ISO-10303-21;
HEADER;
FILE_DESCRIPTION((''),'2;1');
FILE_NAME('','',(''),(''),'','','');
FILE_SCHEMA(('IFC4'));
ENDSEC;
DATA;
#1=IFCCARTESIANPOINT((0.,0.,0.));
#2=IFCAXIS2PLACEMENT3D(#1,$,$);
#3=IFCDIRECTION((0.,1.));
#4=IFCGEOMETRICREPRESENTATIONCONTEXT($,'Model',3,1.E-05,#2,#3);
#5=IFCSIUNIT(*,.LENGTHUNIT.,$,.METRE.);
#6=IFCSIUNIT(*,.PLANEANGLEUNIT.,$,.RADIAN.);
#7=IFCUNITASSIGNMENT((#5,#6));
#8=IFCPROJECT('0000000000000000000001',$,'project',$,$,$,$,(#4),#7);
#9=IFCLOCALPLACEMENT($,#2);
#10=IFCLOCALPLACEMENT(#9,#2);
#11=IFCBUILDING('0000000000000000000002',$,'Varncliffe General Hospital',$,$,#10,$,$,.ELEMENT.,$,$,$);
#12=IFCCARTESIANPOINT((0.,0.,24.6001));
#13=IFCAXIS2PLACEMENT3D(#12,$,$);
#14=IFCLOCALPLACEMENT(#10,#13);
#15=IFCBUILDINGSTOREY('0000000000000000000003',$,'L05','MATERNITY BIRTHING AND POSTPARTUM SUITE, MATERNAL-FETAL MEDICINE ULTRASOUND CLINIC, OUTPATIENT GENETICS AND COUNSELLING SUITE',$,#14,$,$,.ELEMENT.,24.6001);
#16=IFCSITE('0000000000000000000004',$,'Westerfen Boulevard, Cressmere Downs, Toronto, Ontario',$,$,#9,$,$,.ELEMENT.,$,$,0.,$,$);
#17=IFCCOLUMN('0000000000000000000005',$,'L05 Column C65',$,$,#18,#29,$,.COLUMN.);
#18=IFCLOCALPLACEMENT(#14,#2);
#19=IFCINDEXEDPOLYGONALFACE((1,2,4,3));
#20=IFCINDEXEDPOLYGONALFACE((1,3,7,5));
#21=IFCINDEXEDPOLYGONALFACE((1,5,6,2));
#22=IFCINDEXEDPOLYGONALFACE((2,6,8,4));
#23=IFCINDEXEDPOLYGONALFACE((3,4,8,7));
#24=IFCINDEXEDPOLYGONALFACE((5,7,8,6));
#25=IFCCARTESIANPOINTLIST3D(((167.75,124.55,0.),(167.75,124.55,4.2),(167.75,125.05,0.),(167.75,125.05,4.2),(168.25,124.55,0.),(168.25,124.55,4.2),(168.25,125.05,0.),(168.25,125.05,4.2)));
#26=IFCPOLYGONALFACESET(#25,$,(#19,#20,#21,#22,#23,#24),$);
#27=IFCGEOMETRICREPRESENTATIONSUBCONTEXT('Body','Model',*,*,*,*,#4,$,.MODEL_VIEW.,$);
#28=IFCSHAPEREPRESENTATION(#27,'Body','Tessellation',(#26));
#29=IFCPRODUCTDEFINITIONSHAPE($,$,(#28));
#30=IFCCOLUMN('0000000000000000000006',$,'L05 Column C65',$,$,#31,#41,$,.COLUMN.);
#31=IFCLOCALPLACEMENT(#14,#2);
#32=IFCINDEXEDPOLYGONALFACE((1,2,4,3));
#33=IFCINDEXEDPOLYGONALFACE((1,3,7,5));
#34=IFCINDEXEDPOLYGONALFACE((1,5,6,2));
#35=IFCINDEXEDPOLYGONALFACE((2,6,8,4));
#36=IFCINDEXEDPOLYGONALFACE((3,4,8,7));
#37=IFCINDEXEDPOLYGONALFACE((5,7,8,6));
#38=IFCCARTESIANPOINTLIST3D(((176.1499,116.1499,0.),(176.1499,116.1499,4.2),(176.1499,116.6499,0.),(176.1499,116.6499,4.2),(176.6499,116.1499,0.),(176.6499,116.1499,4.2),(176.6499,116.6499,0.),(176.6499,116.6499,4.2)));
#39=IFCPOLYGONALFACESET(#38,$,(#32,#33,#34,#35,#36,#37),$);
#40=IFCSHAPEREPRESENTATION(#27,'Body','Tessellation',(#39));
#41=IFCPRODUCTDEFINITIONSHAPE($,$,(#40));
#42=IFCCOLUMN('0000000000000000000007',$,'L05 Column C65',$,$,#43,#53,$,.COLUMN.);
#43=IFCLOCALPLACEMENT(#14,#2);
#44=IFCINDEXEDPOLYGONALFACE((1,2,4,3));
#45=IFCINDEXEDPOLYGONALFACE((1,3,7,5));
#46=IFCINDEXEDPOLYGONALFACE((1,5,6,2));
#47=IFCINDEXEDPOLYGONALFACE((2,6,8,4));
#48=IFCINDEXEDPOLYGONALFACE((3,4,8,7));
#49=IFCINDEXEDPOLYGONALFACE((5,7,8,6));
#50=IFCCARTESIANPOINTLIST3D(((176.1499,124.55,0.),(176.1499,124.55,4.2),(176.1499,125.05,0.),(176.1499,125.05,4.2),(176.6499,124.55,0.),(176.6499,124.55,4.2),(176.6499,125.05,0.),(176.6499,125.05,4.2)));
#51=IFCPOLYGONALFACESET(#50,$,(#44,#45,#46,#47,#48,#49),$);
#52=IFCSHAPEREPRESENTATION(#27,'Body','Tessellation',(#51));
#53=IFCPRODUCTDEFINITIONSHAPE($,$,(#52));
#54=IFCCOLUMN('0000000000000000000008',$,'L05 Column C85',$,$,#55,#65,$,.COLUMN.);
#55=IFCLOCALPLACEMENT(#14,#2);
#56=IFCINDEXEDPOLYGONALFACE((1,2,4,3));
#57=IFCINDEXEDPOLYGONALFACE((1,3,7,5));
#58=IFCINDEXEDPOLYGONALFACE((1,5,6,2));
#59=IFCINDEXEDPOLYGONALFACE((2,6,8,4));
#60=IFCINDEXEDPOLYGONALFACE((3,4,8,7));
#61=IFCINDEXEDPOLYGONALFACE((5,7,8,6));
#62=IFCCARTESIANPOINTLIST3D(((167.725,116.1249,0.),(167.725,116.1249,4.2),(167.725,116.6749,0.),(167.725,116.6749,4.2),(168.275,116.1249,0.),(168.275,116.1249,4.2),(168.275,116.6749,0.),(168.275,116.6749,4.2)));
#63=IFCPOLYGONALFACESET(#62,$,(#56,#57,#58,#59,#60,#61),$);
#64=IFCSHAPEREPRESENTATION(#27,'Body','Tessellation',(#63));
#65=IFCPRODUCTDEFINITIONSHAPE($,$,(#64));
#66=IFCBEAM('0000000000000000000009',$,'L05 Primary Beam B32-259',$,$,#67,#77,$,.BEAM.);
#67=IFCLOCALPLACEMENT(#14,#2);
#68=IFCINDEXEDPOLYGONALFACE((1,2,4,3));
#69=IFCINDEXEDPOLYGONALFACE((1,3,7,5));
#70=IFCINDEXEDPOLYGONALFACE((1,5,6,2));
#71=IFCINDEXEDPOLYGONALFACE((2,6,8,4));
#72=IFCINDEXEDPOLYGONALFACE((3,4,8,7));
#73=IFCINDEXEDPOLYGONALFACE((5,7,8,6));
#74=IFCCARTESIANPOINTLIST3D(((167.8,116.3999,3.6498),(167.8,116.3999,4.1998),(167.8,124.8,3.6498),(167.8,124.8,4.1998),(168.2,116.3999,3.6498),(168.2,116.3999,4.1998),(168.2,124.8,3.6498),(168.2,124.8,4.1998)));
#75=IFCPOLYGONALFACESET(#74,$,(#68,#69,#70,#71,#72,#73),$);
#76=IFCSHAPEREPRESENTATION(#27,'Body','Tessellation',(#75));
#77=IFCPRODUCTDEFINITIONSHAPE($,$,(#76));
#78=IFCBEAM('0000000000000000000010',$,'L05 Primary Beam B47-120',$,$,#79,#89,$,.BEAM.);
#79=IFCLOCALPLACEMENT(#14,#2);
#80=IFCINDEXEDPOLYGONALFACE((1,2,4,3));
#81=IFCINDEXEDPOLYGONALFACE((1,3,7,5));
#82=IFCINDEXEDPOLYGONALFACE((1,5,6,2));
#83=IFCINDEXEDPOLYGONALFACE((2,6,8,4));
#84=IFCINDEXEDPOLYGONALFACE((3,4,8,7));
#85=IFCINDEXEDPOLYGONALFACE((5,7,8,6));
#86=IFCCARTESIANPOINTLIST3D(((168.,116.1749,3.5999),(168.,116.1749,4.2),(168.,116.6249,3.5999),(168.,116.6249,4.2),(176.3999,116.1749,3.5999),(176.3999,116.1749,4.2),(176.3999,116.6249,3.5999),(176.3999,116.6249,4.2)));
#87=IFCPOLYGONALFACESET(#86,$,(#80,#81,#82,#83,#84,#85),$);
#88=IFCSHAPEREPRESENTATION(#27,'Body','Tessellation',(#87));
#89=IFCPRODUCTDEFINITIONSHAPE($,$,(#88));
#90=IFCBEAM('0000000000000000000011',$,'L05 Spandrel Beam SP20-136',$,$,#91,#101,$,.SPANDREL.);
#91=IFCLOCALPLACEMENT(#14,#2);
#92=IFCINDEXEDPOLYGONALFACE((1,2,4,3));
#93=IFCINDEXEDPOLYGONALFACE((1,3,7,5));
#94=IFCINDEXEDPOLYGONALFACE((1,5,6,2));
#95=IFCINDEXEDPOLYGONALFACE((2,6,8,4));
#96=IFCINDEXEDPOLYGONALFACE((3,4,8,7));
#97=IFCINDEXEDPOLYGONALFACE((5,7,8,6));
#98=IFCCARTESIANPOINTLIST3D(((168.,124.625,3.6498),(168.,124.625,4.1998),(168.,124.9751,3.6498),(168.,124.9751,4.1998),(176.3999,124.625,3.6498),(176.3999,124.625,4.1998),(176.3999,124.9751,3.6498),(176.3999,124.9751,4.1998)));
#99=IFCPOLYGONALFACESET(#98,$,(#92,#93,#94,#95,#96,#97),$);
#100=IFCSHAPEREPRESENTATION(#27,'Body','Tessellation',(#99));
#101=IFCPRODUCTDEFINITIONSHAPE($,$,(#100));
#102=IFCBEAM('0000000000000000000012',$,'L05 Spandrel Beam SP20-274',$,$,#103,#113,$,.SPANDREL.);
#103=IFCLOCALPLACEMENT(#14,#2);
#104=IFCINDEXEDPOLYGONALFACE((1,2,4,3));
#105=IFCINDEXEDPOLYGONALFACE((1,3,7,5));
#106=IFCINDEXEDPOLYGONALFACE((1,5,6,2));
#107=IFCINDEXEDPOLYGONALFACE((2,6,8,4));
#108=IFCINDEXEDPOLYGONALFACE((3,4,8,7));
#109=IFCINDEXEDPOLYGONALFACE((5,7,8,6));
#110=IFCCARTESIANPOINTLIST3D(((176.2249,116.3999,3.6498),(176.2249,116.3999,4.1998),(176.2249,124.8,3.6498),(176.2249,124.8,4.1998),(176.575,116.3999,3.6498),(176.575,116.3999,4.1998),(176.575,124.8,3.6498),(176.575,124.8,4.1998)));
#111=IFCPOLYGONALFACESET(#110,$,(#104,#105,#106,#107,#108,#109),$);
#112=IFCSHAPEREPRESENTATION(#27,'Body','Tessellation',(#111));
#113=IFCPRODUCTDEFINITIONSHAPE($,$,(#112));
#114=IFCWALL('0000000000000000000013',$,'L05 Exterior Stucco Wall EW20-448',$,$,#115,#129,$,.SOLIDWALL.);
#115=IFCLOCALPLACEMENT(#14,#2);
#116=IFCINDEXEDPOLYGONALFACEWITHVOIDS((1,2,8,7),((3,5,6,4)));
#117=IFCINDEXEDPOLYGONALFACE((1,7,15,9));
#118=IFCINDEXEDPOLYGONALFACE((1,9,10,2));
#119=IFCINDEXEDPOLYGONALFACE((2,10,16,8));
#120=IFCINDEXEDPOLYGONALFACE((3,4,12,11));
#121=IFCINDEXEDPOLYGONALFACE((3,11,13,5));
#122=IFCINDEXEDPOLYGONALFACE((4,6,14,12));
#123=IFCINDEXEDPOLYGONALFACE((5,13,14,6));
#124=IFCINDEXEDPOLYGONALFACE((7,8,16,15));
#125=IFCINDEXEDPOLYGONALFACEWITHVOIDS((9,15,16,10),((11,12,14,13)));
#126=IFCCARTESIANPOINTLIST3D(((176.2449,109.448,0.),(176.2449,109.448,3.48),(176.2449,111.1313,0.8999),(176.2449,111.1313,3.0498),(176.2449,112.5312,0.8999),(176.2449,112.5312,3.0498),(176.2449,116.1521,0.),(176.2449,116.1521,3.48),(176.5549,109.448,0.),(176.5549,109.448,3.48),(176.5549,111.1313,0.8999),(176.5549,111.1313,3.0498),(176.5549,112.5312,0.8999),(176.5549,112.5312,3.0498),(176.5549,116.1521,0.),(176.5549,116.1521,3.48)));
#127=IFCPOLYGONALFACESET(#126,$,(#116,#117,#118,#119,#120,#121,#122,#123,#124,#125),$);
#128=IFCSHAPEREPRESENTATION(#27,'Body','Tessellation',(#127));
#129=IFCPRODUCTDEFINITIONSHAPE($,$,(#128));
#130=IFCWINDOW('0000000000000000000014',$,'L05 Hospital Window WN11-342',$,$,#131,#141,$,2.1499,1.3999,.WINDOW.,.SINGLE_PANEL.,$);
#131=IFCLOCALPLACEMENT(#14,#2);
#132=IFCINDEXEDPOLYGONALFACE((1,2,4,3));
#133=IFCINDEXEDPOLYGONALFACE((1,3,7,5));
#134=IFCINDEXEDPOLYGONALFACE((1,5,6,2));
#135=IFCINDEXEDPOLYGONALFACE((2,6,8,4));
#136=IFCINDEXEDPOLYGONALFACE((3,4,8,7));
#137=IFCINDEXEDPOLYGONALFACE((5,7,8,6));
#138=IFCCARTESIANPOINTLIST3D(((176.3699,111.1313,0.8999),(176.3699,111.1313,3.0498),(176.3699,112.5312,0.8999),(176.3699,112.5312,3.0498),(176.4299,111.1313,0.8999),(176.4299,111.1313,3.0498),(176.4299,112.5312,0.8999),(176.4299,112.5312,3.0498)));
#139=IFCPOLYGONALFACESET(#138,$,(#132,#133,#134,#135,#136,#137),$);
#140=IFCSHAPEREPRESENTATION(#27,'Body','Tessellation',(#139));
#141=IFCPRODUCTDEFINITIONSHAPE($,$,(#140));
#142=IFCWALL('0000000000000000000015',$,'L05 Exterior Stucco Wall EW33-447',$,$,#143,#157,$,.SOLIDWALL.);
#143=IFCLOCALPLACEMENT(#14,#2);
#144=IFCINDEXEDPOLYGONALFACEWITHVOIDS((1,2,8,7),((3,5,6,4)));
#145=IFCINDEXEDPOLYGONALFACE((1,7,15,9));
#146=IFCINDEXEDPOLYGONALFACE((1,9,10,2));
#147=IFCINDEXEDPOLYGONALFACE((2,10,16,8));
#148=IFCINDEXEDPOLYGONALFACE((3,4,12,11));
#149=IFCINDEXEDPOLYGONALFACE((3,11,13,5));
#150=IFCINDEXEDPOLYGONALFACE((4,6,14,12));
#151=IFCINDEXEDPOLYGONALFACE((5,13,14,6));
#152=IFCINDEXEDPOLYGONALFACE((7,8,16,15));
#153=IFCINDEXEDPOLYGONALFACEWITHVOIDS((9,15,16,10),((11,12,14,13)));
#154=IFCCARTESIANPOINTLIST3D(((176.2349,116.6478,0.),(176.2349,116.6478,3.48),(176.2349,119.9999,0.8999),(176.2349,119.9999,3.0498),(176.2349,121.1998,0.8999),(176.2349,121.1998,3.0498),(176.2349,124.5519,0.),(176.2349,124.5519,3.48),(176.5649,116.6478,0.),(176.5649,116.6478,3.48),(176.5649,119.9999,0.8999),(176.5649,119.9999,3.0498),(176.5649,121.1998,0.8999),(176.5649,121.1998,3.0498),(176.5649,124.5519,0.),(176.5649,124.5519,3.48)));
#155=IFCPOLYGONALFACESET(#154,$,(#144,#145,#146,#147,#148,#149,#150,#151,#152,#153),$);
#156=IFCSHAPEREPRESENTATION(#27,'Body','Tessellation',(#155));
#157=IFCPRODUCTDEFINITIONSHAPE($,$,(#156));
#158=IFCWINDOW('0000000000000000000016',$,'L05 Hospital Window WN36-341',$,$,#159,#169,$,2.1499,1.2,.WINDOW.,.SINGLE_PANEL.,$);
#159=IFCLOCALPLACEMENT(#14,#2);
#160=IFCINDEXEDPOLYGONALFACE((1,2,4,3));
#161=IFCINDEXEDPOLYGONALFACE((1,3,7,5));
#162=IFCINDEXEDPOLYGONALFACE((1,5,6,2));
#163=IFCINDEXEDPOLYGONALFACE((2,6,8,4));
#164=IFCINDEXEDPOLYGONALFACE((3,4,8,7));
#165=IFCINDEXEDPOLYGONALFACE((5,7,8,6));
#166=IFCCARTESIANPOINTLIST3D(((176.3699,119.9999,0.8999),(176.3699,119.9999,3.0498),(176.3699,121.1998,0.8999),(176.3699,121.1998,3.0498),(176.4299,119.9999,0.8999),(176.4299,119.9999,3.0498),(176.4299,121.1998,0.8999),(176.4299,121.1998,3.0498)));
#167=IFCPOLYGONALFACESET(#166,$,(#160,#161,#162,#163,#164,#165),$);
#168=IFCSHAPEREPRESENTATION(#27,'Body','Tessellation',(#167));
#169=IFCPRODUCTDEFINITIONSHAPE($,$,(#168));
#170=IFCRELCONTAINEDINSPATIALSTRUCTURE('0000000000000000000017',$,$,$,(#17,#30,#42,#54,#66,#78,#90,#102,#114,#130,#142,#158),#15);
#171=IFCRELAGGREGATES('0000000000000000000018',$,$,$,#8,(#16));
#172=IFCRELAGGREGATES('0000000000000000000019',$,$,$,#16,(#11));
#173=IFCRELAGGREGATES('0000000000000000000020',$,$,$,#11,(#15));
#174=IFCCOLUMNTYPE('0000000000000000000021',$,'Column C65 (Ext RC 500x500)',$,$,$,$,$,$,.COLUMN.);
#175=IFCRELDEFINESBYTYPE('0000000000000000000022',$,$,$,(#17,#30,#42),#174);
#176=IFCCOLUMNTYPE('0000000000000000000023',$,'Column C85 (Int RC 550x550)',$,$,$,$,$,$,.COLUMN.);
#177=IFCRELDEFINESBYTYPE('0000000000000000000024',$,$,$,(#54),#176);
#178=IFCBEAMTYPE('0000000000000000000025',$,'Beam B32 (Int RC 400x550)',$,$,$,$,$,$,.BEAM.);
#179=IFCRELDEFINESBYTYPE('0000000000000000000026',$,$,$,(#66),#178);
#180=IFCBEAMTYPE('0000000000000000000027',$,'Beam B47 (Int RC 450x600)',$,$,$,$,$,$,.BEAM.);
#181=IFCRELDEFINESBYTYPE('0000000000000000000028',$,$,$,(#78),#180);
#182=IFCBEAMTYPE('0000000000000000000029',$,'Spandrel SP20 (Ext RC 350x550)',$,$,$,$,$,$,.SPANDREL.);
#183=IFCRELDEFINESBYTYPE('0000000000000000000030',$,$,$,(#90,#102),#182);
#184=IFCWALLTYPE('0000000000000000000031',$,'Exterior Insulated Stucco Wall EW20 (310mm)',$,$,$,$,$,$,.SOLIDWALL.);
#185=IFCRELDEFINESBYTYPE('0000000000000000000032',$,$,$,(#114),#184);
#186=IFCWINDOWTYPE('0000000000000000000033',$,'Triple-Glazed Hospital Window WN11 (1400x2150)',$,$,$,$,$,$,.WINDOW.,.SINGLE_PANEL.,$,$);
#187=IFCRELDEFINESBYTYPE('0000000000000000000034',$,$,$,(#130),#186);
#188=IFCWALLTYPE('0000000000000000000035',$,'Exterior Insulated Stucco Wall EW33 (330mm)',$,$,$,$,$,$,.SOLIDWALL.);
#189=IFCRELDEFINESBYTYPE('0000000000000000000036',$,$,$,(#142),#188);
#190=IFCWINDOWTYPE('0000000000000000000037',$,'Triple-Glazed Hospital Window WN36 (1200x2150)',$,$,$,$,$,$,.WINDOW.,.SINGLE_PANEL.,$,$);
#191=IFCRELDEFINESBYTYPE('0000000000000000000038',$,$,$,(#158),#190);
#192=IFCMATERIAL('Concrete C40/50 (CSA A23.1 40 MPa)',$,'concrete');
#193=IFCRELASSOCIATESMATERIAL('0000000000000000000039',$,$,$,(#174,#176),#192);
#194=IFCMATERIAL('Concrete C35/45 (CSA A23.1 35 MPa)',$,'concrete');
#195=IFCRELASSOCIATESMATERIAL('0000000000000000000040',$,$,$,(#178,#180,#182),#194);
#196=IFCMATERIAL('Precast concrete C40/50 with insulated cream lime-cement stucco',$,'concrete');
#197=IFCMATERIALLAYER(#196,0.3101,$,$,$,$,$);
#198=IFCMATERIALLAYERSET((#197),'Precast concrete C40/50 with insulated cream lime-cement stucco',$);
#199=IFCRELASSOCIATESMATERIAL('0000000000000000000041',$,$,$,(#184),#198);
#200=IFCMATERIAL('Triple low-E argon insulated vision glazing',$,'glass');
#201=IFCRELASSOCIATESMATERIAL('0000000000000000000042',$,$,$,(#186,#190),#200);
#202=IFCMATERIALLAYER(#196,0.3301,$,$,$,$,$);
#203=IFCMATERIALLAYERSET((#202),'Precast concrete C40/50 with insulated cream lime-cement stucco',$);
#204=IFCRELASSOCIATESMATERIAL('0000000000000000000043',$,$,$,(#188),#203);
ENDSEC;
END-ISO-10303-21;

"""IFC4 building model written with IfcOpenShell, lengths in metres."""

from ifc_helpers import new_model, si_unit, direction, frame, frame_2d, origin, origin_2d, place, context, subcontext, project, spatial, rectangle, extrude, material, layer, layer_set, material_profile, profile_set, type_object, element, fill, save


model = new_model("IFC4")

# Units and contexts
model_context = context("Model", 3, precision=1e-05, world=origin(), true_north=direction((0.0, 1.0)))
body_context = subcontext(model_context, "Body", "Model", "MODEL_VIEW")
ifc_project = project(units=[si_unit("LENGTHUNIT", "METRE"), si_unit("PLANEANGLEUNIT", "RADIAN")], contexts=[model_context])

# Site, building, storey
site_placement = place(None, origin())
site = spatial("IfcSite", under=ifc_project, at=site_placement, Name="Westerfen Boulevard, Cressmere Downs, Toronto, Ontario", CompositionType="ELEMENT", RefElevation=0.0)
building_placement = place(site_placement, origin())
building = spatial("IfcBuilding", under=site, at=building_placement, Name="Varncliffe General Hospital", CompositionType="ELEMENT")
storey_placement = place(building_placement, frame((0.0, 0.0, 24.6001)))
storey = spatial("IfcBuildingStorey", under=building, at=storey_placement, Name="L05", Description="MATERNITY BIRTHING AND POSTPARTUM SUITE, MATERNAL-FETAL MEDICINE ULTRASOUND CLINIC, OUTPATIENT GENETICS AND COUNSELLING SUITE", CompositionType="ELEMENT", Elevation=24.6001)

# Columns
ifc_material_1 = material(Name="Concrete C40/50 (CSA A23.1 40 MPa)", Category="concrete")
ifc_material_profile_1 = material_profile(ifc_material_1, rectangle(XDim=0.5, YDim=0.5, at=origin_2d()), Name="RC 500x500")
ifc_profile_set_1 = profile_set([ifc_material_profile_1], Name="Concrete C40/50 (CSA A23.1 40 MPa)")
column_type_1 = type_object("IfcColumnType", Name="Column C65 (Ext RC 500x500)", PredefinedType="COLUMN", material=ifc_profile_set_1)
for number, where, z_axis, x_axis, name in (
    (1, (168.0, 124.8, 0.0), (0.0, 0.0, 1.0), (1.0, 0.0, 0.0), "L05 Column C65"),
    (2, (176.3999, 116.3999, 0.0), (0.0, 0.0, 1.0), (1.0, 0.0, 0.0), "L05 Column C65"),
    (3, (176.3999, 124.8, 0.0), (0.0, 0.0, 1.0), (1.0, 0.0, 0.0), "L05 Column C65"),
):
    element("IfcColumn", number, at=place(storey_placement, frame(where, z_axis=z_axis, x_axis=x_axis)), inside=storey, type_object=column_type_1, Name=name, PredefinedType="COLUMN", context=body_context, shape_type="SweptSolid", body=[
        extrude(rectangle(XDim=0.5, YDim=0.5, at=origin_2d()), origin(), (0.0, 0.0, 1.0), 4.2),
    ])
ifc_material_profile_2 = material_profile(ifc_material_1, rectangle(XDim=0.55, YDim=0.55, at=origin_2d()), Name="RC 550x550")
ifc_profile_set_2 = profile_set([ifc_material_profile_2], Name="Concrete C40/50 (CSA A23.1 40 MPa)")
column_type_2 = type_object("IfcColumnType", Name="Column C85 (Int RC 550x550)", PredefinedType="COLUMN", material=ifc_profile_set_2)
column_placement = place(storey_placement, frame((168.0, 116.3999, 0.0), z_axis=(0.0, 0.0, 1.0), x_axis=(1.0, 0.0, 0.0)))
element("IfcColumn", 4, at=column_placement, inside=storey, type_object=column_type_2, Name="L05 Column C85", PredefinedType="COLUMN", context=body_context, shape_type="SweptSolid", body=[
    extrude(rectangle(XDim=0.55, YDim=0.55, at=origin_2d()), origin(), (0.0, 0.0, 1.0), 4.2),
])

# Beams
ifc_material_2 = material(Name="Concrete C35/45 (CSA A23.1 35 MPa)", Category="concrete")
ifc_material_profile_3 = material_profile(ifc_material_2, rectangle(XDim=0.3999, YDim=0.55, at=origin_2d()), Name="RC 400x550")
ifc_profile_set_3 = profile_set([ifc_material_profile_3], Name="Concrete C35/45 (CSA A23.1 35 MPa)")
beam_type_1 = type_object("IfcBeamType", Name="Beam B32 (Int RC 400x550)", PredefinedType="BEAM", material=ifc_profile_set_3)
beam_1_placement = place(storey_placement, frame((168.0, 116.3999, 3.9248), z_axis=(0.0, 1.0, 0.0), x_axis=(-1.0, 0.0, 0.0)))
element("IfcBeam", 5, at=beam_1_placement, inside=storey, type_object=beam_type_1, Name="L05 Primary Beam B32-259", PredefinedType="BEAM", context=body_context, shape_type="SweptSolid", body=[
    extrude(rectangle(XDim=0.3999, YDim=0.55, at=origin_2d()), origin(), (0.0, 0.0, 1.0), 8.4001),
])
ifc_material_profile_4 = material_profile(ifc_material_2, rectangle(XDim=0.45, YDim=0.6001, at=origin_2d()), Name="RC 450x600")
ifc_profile_set_4 = profile_set([ifc_material_profile_4], Name="Concrete C35/45 (CSA A23.1 35 MPa)")
beam_type_2 = type_object("IfcBeamType", Name="Beam B47 (Int RC 450x600)", PredefinedType="BEAM", material=ifc_profile_set_4)
beam_2_placement = place(storey_placement, frame((168.0, 116.3999, 3.8999), z_axis=(1.0, 0.0, 0.0), x_axis=(0.0, 1.0, 0.0)))
element("IfcBeam", 6, at=beam_2_placement, inside=storey, type_object=beam_type_2, Name="L05 Primary Beam B47-120", PredefinedType="BEAM", context=body_context, shape_type="SweptSolid", body=[
    extrude(rectangle(XDim=0.45, YDim=0.6001, at=origin_2d()), origin(), (0.0, 0.0, 1.0), 8.3999),
])
ifc_material_profile_5 = material_profile(ifc_material_2, rectangle(XDim=0.3501, YDim=0.55, at=origin_2d()), Name="RC 350x550")
ifc_profile_set_5 = profile_set([ifc_material_profile_5], Name="Concrete C35/45 (CSA A23.1 35 MPa)")
beam_type_3 = type_object("IfcBeamType", Name="Spandrel SP20 (Ext RC 350x550)", PredefinedType="SPANDREL", material=ifc_profile_set_5)
beam_3_placement = place(storey_placement, frame((168.0, 124.8, 3.9248), z_axis=(1.0, 0.0, 0.0), x_axis=(0.0, 1.0, 0.0)))
element("IfcBeam", 7, at=beam_3_placement, inside=storey, type_object=beam_type_3, Name="L05 Spandrel Beam SP20-136", PredefinedType="SPANDREL", context=body_context, shape_type="SweptSolid", body=[
    extrude(rectangle(XDim=0.3501, YDim=0.55, at=origin_2d()), origin(), (0.0, 0.0, 1.0), 8.3999),
])
beam_4_placement = place(storey_placement, frame((176.3999, 116.3999, 3.9248), z_axis=(0.0, 1.0, 0.0), x_axis=(-1.0, 0.0, 0.0)))
element("IfcBeam", 8, at=beam_4_placement, inside=storey, type_object=beam_type_3, Name="L05 Spandrel Beam SP20-274", PredefinedType="SPANDREL", context=body_context, shape_type="SweptSolid", body=[
    extrude(rectangle(XDim=0.3501, YDim=0.55, at=origin_2d()), origin(), (0.0, 0.0, 1.0), 8.4001),
])

# Walls, openings, windows
ifc_material_3 = material(Name="Precast concrete C40/50 with insulated cream lime-cement stucco", Category="concrete")
ifc_layer_1 = layer(ifc_material_3, 0.3101)
ifc_layer_set_1 = layer_set([ifc_layer_1], Name="Precast concrete C40/50 with insulated cream lime-cement stucco")
wall_type_1 = type_object("IfcWallType", Name="Exterior Insulated Stucco Wall EW20 (310mm)", PredefinedType="SOLIDWALL", material=ifc_layer_set_1)
wall_1_placement = place(storey_placement, frame((176.3999, 116.1521, 0.0), z_axis=(0.0, 0.0, 1.0), x_axis=(0.0, -1.0, 0.0)))
wall_1 = element("IfcWall", 9, at=wall_1_placement, inside=storey, type_object=wall_type_1, Name="L05 Exterior Stucco Wall EW20-448", PredefinedType="SOLIDWALL", context=body_context, shape_type="SweptSolid", body=[
    extrude(rectangle(XDim=6.7041, YDim=0.3101, at=frame_2d((3.3521, 0.0))), origin(), (0.0, 0.0, 1.0), 3.48),
])
opening_1_placement = place(wall_1_placement, frame((3.6208, 0.0, 0.8999)))
opening_1 = element("IfcOpeningElement", 10, at=opening_1_placement, cuts=wall_1, PredefinedType="OPENING", context=body_context, shape_type="SweptSolid", body=[
    extrude(rectangle(XDim=1.3999, YDim=2.1499, at=frame_2d((0.7, 1.075))), frame((0.0, 0.165, 0.0), z_axis=(0.0, -1.0, 0.0), x_axis=(1.0, 0.0, 0.0)), (0.0, 0.0, 1.0), 0.3301),
])
ifc_material_4 = material(Name="Triple low-E argon insulated vision glazing", Category="glass")
window_type_1 = type_object("IfcWindowType", Name="Triple-Glazed Hospital Window WN11 (1400x2150)", PartitioningType="SINGLE_PANEL", PredefinedType="WINDOW", material=ifc_material_4)
window_1_placement = place(opening_1_placement, origin())
window_1 = element("IfcWindow", 11, at=window_1_placement, inside=storey, type_object=window_type_1, Name="L05 Hospital Window WN11-342", OverallHeight=2.1499, OverallWidth=1.3999, PartitioningType="SINGLE_PANEL", PredefinedType="WINDOW", context=body_context, shape_type="SweptSolid", body=[
    extrude(rectangle(XDim=1.3999, YDim=2.1499, at=frame_2d((0.7, 1.075))), frame((0.0, 0.03, 0.0), z_axis=(0.0, -1.0, 0.0), x_axis=(1.0, 0.0, 0.0)), (0.0, 0.0, 1.0), 0.0601),
])
fill(opening_1, window_1)
ifc_layer_2 = layer(ifc_material_3, 0.3301)
ifc_layer_set_2 = layer_set([ifc_layer_2], Name="Precast concrete C40/50 with insulated cream lime-cement stucco")
wall_type_2 = type_object("IfcWallType", Name="Exterior Insulated Stucco Wall EW33 (330mm)", PredefinedType="SOLIDWALL", material=ifc_layer_set_2)
wall_2_placement = place(storey_placement, frame((176.3999, 124.552, 0.0), z_axis=(0.0, 0.0, 1.0), x_axis=(0.0, -1.0, 0.0)))
wall_2 = element("IfcWall", 12, at=wall_2_placement, inside=storey, type_object=wall_type_2, Name="L05 Exterior Stucco Wall EW33-447", PredefinedType="SOLIDWALL", context=body_context, shape_type="SweptSolid", body=[
    extrude(rectangle(XDim=7.9041, YDim=0.3301, at=frame_2d((3.9521, 0.0))), origin(), (0.0, 0.0, 1.0), 3.48),
])
opening_2_placement = place(wall_2_placement, frame((3.3521, 0.0, 0.8999)))
opening_2 = element("IfcOpeningElement", 13, at=opening_2_placement, cuts=wall_2, PredefinedType="OPENING", context=body_context, shape_type="SweptSolid", body=[
    extrude(rectangle(XDim=1.2, YDim=2.1499, at=frame_2d((0.6001, 1.075))), frame((0.0, 0.175, 0.0), z_axis=(0.0, -1.0, 0.0), x_axis=(1.0, 0.0, 0.0)), (0.0, 0.0, 1.0), 0.3501),
])
window_type_2 = type_object("IfcWindowType", Name="Triple-Glazed Hospital Window WN36 (1200x2150)", PartitioningType="SINGLE_PANEL", PredefinedType="WINDOW", material=ifc_material_4)
window_2_placement = place(opening_2_placement, origin())
window_2 = element("IfcWindow", 14, at=window_2_placement, inside=storey, type_object=window_type_2, Name="L05 Hospital Window WN36-341", OverallHeight=2.1499, OverallWidth=1.2, PartitioningType="SINGLE_PANEL", PredefinedType="WINDOW", context=body_context, shape_type="SweptSolid", body=[
    extrude(rectangle(XDim=1.2, YDim=2.1499, at=frame_2d((0.6001, 1.075))), frame((0.0, 0.03, 0.0), z_axis=(0.0, -1.0, 0.0), x_axis=(1.0, 0.0, 0.0)), (0.0, 0.0, 1.0), 0.0601),
])
fill(opening_2, window_2)

save(model, "model.ifc")
